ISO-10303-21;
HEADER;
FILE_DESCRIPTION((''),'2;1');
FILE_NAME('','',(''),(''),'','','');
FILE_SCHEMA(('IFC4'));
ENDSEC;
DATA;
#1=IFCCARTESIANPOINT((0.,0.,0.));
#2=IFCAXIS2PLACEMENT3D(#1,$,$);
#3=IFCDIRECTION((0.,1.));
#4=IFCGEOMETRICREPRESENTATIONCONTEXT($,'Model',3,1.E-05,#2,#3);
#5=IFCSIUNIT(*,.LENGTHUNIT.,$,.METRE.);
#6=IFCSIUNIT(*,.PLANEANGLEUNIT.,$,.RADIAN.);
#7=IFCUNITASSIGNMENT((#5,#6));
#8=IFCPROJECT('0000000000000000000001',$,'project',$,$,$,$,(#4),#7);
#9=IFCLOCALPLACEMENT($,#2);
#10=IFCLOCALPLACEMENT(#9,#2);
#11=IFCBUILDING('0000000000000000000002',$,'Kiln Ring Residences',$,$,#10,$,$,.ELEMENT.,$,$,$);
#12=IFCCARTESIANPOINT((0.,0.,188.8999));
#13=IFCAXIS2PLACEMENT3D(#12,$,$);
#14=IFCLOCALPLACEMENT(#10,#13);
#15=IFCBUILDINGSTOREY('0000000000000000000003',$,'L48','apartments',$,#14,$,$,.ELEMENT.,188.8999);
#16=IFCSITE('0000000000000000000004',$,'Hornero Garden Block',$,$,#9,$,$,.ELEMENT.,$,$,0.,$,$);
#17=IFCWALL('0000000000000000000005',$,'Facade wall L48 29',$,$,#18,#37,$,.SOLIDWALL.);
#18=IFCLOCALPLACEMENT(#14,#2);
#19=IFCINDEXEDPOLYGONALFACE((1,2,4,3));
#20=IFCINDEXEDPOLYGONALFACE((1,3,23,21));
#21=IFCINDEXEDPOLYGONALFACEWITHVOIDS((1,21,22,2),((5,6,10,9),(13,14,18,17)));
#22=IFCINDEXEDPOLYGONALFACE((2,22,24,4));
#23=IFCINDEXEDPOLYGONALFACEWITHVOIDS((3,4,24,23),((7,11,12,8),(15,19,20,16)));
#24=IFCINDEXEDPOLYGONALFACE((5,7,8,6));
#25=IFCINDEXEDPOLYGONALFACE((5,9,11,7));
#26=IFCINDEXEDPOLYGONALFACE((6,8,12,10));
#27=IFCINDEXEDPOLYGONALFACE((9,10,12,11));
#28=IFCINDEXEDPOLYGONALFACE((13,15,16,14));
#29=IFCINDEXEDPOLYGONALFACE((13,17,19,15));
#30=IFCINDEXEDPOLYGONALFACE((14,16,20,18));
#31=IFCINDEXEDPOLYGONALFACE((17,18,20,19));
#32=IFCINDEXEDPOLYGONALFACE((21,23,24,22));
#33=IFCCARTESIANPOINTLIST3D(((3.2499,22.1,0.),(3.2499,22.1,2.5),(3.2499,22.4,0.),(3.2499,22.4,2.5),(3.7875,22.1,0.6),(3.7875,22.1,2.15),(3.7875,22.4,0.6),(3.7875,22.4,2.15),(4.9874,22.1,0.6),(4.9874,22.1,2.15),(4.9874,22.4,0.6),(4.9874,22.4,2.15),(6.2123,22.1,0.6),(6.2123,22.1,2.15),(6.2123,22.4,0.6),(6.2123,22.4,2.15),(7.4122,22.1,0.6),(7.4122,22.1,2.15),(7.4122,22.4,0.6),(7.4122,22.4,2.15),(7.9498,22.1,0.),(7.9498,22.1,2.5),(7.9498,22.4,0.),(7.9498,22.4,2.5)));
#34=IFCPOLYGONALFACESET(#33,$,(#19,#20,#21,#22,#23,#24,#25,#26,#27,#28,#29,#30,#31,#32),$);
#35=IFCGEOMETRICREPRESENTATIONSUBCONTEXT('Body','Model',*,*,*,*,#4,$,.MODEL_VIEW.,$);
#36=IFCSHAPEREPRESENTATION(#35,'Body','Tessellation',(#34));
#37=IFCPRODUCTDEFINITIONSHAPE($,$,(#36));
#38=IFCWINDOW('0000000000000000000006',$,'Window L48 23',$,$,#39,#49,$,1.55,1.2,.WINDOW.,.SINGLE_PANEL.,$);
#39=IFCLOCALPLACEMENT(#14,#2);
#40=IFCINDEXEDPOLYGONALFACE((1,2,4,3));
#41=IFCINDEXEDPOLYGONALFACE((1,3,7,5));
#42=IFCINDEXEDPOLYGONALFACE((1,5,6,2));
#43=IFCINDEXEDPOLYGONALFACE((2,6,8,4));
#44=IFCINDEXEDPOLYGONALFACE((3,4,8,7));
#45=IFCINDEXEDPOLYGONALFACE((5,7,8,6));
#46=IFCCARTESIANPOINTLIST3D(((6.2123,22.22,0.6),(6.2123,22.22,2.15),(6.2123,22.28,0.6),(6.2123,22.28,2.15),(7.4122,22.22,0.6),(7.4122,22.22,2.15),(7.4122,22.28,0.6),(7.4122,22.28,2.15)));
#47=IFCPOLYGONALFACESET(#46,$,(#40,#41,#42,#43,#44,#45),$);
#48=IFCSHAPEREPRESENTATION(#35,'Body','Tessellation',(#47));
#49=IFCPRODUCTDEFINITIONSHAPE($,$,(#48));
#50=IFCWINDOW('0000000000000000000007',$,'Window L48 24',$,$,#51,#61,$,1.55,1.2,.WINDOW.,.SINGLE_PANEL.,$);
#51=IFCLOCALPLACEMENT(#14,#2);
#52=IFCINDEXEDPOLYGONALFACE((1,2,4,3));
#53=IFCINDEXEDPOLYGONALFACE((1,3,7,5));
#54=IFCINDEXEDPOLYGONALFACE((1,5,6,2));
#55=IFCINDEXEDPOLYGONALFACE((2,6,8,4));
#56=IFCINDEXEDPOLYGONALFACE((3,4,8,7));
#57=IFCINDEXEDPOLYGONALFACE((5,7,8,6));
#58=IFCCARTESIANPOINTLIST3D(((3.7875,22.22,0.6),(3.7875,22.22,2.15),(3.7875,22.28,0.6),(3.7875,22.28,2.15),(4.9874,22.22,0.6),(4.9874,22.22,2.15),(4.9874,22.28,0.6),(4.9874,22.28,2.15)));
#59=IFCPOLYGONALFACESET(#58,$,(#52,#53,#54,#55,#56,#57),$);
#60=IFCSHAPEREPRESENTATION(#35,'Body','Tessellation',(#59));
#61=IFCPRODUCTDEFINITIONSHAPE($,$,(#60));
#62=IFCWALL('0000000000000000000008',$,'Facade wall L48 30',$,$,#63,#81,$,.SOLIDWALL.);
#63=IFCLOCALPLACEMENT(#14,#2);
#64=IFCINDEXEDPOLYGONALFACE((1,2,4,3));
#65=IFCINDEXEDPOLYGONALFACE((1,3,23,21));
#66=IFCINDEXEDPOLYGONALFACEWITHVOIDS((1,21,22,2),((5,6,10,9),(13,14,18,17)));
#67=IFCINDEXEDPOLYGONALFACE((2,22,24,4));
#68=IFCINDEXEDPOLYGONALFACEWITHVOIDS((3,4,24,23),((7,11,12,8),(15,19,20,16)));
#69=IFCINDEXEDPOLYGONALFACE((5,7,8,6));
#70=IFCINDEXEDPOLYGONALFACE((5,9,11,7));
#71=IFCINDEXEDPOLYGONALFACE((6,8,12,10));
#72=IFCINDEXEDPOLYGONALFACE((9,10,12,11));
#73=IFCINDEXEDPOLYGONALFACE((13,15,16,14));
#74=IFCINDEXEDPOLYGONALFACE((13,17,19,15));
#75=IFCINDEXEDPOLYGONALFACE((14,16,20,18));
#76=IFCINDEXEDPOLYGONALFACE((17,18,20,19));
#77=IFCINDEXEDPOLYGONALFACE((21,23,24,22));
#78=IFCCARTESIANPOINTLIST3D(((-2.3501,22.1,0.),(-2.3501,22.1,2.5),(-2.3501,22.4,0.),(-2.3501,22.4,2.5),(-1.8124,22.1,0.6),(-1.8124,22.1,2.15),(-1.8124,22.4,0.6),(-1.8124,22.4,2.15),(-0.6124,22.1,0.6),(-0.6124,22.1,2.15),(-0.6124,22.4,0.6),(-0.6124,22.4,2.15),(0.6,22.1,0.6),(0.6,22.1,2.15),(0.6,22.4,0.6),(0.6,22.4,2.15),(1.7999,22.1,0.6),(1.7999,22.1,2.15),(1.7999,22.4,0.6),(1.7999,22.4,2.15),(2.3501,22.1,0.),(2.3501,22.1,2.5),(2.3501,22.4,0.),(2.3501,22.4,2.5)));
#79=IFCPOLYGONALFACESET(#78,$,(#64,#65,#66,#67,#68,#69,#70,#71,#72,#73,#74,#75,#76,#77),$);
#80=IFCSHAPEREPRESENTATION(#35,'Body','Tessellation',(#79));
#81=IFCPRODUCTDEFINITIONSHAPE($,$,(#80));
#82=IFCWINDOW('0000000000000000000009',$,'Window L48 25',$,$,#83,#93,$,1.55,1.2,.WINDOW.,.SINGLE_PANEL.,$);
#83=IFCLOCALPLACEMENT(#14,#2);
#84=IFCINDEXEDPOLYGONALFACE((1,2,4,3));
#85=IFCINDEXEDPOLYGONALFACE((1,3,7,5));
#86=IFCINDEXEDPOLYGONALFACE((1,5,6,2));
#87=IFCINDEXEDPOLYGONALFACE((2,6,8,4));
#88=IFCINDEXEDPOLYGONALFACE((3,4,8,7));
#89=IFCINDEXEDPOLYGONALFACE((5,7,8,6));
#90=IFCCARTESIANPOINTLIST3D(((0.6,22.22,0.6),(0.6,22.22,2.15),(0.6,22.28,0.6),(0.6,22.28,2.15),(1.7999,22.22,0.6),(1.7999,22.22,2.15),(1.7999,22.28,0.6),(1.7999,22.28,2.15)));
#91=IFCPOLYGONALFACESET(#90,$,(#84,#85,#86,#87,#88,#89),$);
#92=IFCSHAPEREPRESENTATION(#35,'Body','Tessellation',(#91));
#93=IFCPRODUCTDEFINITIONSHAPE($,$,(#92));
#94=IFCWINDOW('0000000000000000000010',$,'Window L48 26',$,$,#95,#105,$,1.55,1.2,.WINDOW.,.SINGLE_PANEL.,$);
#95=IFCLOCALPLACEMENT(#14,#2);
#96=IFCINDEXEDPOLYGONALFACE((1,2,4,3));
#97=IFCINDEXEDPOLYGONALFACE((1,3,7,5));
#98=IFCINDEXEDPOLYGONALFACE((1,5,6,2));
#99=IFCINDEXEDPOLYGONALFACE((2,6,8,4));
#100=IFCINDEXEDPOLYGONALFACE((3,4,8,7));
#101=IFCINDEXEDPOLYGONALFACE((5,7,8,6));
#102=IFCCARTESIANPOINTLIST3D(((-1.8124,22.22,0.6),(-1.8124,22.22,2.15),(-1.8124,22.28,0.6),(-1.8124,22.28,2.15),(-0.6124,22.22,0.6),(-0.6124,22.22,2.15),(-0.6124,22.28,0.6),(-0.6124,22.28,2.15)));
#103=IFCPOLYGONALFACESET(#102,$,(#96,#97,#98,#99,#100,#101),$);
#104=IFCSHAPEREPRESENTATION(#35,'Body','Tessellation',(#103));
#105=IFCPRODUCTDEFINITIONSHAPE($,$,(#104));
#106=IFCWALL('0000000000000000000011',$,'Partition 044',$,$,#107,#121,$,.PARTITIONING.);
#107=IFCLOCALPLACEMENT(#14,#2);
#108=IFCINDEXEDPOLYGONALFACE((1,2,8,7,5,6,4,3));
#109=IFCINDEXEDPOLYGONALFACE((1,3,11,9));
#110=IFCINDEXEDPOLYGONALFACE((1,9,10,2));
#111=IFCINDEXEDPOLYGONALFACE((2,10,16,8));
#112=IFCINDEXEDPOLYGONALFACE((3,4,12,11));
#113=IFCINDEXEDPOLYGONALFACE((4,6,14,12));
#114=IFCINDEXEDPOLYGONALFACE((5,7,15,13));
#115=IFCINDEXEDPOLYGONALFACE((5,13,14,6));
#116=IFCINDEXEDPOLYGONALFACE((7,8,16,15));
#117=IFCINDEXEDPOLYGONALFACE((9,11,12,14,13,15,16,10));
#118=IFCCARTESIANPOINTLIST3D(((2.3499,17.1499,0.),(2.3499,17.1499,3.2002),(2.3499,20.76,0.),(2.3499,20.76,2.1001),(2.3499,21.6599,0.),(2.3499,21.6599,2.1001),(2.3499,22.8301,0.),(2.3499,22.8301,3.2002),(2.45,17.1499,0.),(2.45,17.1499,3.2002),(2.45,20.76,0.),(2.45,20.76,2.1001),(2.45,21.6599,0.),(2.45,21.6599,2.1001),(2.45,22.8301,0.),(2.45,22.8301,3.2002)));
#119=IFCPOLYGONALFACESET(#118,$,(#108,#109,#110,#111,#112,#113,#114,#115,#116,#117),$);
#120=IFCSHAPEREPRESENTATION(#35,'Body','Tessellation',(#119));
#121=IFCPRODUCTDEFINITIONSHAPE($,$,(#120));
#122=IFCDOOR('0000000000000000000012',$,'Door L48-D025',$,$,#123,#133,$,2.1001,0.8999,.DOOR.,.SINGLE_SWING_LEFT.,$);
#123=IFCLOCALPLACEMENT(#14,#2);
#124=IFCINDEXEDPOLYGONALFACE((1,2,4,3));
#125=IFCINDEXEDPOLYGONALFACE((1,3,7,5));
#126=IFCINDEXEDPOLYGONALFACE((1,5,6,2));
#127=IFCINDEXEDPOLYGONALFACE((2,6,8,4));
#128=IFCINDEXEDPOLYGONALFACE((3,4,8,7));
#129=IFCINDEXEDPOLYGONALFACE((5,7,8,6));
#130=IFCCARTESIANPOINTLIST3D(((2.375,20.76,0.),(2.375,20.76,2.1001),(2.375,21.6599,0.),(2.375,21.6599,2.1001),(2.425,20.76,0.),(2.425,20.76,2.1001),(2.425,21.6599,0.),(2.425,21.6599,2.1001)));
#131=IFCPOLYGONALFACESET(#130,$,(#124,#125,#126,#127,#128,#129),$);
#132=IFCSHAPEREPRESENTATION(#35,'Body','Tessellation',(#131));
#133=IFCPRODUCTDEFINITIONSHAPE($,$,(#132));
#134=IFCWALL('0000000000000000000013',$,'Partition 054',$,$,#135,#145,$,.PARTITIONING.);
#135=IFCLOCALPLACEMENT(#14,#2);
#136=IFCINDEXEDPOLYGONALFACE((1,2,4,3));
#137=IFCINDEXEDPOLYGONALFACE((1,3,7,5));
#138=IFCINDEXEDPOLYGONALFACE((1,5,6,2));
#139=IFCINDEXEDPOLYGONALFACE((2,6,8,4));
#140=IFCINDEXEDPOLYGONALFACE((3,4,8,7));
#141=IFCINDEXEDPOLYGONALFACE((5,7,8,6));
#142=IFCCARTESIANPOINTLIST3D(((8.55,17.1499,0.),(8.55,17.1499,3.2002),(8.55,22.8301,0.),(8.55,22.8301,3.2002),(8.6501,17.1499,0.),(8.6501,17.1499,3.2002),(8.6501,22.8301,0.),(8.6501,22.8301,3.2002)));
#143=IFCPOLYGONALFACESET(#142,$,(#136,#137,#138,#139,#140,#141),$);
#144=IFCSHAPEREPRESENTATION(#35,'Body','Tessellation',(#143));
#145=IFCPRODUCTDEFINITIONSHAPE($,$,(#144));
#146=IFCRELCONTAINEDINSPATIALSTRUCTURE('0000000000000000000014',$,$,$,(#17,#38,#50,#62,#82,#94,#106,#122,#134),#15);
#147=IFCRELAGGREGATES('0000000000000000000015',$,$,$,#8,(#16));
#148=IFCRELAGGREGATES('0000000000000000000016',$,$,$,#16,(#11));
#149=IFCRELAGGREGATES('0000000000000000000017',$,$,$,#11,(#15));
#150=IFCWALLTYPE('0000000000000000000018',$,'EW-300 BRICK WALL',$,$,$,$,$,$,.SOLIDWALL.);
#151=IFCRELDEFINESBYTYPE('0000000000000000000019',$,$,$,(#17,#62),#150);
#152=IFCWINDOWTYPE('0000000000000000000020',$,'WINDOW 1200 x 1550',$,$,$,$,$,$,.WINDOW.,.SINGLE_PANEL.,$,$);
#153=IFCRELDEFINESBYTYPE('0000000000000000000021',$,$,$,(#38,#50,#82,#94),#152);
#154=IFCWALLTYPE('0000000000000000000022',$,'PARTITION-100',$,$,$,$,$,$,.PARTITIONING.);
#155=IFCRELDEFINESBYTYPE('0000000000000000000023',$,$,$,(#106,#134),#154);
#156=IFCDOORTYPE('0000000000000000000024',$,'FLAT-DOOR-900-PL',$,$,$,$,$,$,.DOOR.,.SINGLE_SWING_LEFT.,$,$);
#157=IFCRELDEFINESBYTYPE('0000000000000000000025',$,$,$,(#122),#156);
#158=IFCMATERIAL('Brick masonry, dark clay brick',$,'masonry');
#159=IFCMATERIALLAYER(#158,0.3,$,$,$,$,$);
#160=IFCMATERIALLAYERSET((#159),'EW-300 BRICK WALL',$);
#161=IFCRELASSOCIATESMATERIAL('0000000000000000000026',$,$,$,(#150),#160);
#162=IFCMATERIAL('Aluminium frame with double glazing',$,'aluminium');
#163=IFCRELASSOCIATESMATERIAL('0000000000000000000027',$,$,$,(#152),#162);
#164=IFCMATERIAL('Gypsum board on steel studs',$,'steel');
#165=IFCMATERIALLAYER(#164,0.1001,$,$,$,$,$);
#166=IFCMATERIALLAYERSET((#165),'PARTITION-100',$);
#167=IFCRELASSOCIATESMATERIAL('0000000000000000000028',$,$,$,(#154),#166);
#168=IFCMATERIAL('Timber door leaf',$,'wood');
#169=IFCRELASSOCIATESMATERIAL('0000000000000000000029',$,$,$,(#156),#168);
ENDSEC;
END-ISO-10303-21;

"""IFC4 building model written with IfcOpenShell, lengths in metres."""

from ifc_helpers import new_model, si_unit, direction, frame, frame_2d, origin, place, context, subcontext, project, spatial, rectangle, extrude, material, layer, layer_set, type_object, element, fill, save


model = new_model("IFC4")

# Units and contexts
model_context = context("Model", 3, precision=1e-05, world=origin(), true_north=direction((0.0, 1.0)))
body_context = subcontext(model_context, "Body", "Model", "MODEL_VIEW")
ifc_project = project(units=[si_unit("LENGTHUNIT", "METRE"), si_unit("PLANEANGLEUNIT", "RADIAN")], contexts=[model_context])

# Site, building, storey
site_placement = place(None, origin())
site = spatial("IfcSite", under=ifc_project, at=site_placement, Name="Hornero Garden Block", CompositionType="ELEMENT", RefElevation=0.0)
building_placement = place(site_placement, origin())
building = spatial("IfcBuilding", under=site, at=building_placement, Name="Kiln Ring Residences", CompositionType="ELEMENT")
storey_placement = place(building_placement, frame((0.0, 0.0, 188.8999)))
storey = spatial("IfcBuildingStorey", under=building, at=storey_placement, Name="L48", Description="apartments", CompositionType="ELEMENT", Elevation=188.8999)

# Walls, openings, windows
ifc_material_1 = material(Name="Brick masonry, dark clay brick", Category="masonry")
ifc_layer_1 = layer(ifc_material_1, 0.3)
ifc_layer_set_1 = layer_set([ifc_layer_1], Name="EW-300 BRICK WALL")
wall_type_1 = type_object("IfcWallType", Name="EW-300 BRICK WALL", PredefinedType="SOLIDWALL", material=ifc_layer_set_1)
ifc_material_2 = material(Name="Aluminium frame with double glazing", Category="aluminium")
window_type = type_object("IfcWindowType", Name="WINDOW 1200 x 1550", PartitioningType="SINGLE_PANEL", PredefinedType="WINDOW", material=ifc_material_2)
wall_1_placement = place(storey_placement, frame((7.95, 22.25, 0.0), z_axis=(0.0, 0.0, 1.0), x_axis=(-1.0, 0.0, 0.0)))
wall_1 = element("IfcWall", 1, at=wall_1_placement, inside=storey, type_object=wall_type_1, Name="Facade wall L48 29", PredefinedType="SOLIDWALL", context=body_context, shape_type="SweptSolid", body=[
    extrude(rectangle(XDim=4.7, YDim=0.3, at=frame_2d((2.3501, 0.0))), origin(), (0.0, 0.0, 1.0), 2.5),
])
opening_1_placement = place(wall_1_placement, frame((0.5376, 0.0, 0.6001)))
opening_1 = element("IfcOpeningElement", 2, at=opening_1_placement, cuts=wall_1, PredefinedType="OPENING", context=body_context, shape_type="SweptSolid", body=[
    extrude(rectangle(XDim=1.2, YDim=1.55, at=frame_2d((0.6001, 0.7749))), frame((0.0, 0.1599, 0.0), z_axis=(0.0, -1.0, 0.0), x_axis=(1.0, 0.0, 0.0)), (0.0, 0.0, 1.0), 0.3201),
])
opening_2_placement = place(wall_1_placement, frame((2.9624, 0.0, 0.6001)))
opening_2 = element("IfcOpeningElement", 3, at=opening_2_placement, cuts=wall_1, PredefinedType="OPENING", context=body_context, shape_type="SweptSolid", body=[
    extrude(rectangle(XDim=1.2, YDim=1.55, at=frame_2d((0.6001, 0.7749))), frame((0.0, 0.1599, 0.0), z_axis=(0.0, -1.0, 0.0), x_axis=(1.0, 0.0, 0.0)), (0.0, 0.0, 1.0), 0.3201),
])
window_1_placement = place(opening_1_placement, origin())
window_1 = element("IfcWindow", 4, at=window_1_placement, inside=storey, type_object=window_type, Name="Window L48 23", OverallHeight=1.55, OverallWidth=1.2, PartitioningType="SINGLE_PANEL", PredefinedType="WINDOW", context=body_context, shape_type="SweptSolid", body=[
    extrude(rectangle(XDim=1.2, YDim=1.55, at=frame_2d((0.6001, 0.7749))), frame((0.0, 0.03, 0.0), z_axis=(0.0, -1.0, 0.0), x_axis=(1.0, 0.0, 0.0)), (0.0, 0.0, 1.0), 0.0601),
])
fill(opening_1, window_1)
window_2_placement = place(opening_2_placement, origin())
window_2 = element("IfcWindow", 5, at=window_2_placement, inside=storey, type_object=window_type, Name="Window L48 24", OverallHeight=1.55, OverallWidth=1.2, PartitioningType="SINGLE_PANEL", PredefinedType="WINDOW", context=body_context, shape_type="SweptSolid", body=[
    extrude(rectangle(XDim=1.2, YDim=1.55, at=frame_2d((0.6001, 0.7749))), frame((0.0, 0.03, 0.0), z_axis=(0.0, -1.0, 0.0), x_axis=(1.0, 0.0, 0.0)), (0.0, 0.0, 1.0), 0.0601),
])
fill(opening_2, window_2)
wall_2_placement = place(storey_placement, frame((2.3501, 22.25, 0.0), z_axis=(0.0, 0.0, 1.0), x_axis=(-1.0, 0.0, 0.0)))
wall_2 = element("IfcWall", 6, at=wall_2_placement, inside=storey, type_object=wall_type_1, Name="Facade wall L48 30", PredefinedType="SOLIDWALL", context=body_context, shape_type="SweptSolid", body=[
    extrude(rectangle(XDim=4.7002, YDim=0.3, at=frame_2d((2.3501, 0.0))), origin(), (0.0, 0.0, 1.0), 2.5),
])
opening_3_placement = place(wall_2_placement, frame((0.55, 0.0, 0.6001)))
opening_3 = element("IfcOpeningElement", 7, at=opening_3_placement, cuts=wall_2, PredefinedType="OPENING", context=body_context, shape_type="SweptSolid", body=[
    extrude(rectangle(XDim=1.2, YDim=1.55, at=frame_2d((0.6001, 0.7749))), frame((0.0, 0.1599, 0.0), z_axis=(0.0, -1.0, 0.0), x_axis=(1.0, 0.0, 0.0)), (0.0, 0.0, 1.0), 0.3201),
])
opening_4_placement = place(wall_2_placement, frame((2.9624, 0.0, 0.6001)))
opening_4 = element("IfcOpeningElement", 8, at=opening_4_placement, cuts=wall_2, PredefinedType="OPENING", context=body_context, shape_type="SweptSolid", body=[
    extrude(rectangle(XDim=1.2, YDim=1.55, at=frame_2d((0.6001, 0.7749))), frame((0.0, 0.1599, 0.0), z_axis=(0.0, -1.0, 0.0), x_axis=(1.0, 0.0, 0.0)), (0.0, 0.0, 1.0), 0.3201),
])
window_3_placement = place(opening_3_placement, origin())
window_3 = element("IfcWindow", 9, at=window_3_placement, inside=storey, type_object=window_type, Name="Window L48 25", OverallHeight=1.55, OverallWidth=1.2, PartitioningType="SINGLE_PANEL", PredefinedType="WINDOW", context=body_context, shape_type="SweptSolid", body=[
    extrude(rectangle(XDim=1.2, YDim=1.55, at=frame_2d((0.6001, 0.7749))), frame((0.0, 0.03, 0.0), z_axis=(0.0, -1.0, 0.0), x_axis=(1.0, 0.0, 0.0)), (0.0, 0.0, 1.0), 0.0601),
])
fill(opening_3, window_3)
window_4_placement = place(opening_4_placement, origin())
window_4 = element("IfcWindow", 10, at=window_4_placement, inside=storey, type_object=window_type, Name="Window L48 26", OverallHeight=1.55, OverallWidth=1.2, PartitioningType="SINGLE_PANEL", PredefinedType="WINDOW", context=body_context, shape_type="SweptSolid", body=[
    extrude(rectangle(XDim=1.2, YDim=1.55, at=frame_2d((0.6001, 0.7749))), frame((0.0, 0.03, 0.0), z_axis=(0.0, -1.0, 0.0), x_axis=(1.0, 0.0, 0.0)), (0.0, 0.0, 1.0), 0.0601),
])
fill(opening_4, window_4)

# Wall, opening, door
ifc_material_3 = material(Name="Gypsum board on steel studs", Category="steel")
ifc_layer_2 = layer(ifc_material_3, 0.1001)
ifc_layer_set_2 = layer_set([ifc_layer_2], Name="PARTITION-100")
wall_type_2 = type_object("IfcWallType", Name="PARTITION-100", PredefinedType="PARTITIONING", material=ifc_layer_set_2)
wall_3_placement = place(storey_placement, frame((2.3999, 17.1499, 0.0), z_axis=(0.0, 0.0, 1.0), x_axis=(0.0, 1.0, 0.0)))
wall_3 = element("IfcWall", 11, at=wall_3_placement, inside=storey, type_object=wall_type_2, Name="Partition 044", PredefinedType="PARTITIONING", context=body_context, shape_type="SweptSolid", body=[
    extrude(rectangle(XDim=5.6802, YDim=0.1001, at=frame_2d((2.8401, 0.0))), origin(), (0.0, 0.0, 1.0), 3.2002),
])
opening_5_placement = place(wall_3_placement, frame((3.6101, 0.0, 0.0)))
opening_5 = element("IfcOpeningElement", 12, at=opening_5_placement, cuts=wall_3, PredefinedType="OPENING", context=body_context, shape_type="SweptSolid", body=[
    extrude(rectangle(XDim=0.8999, YDim=2.1001, at=frame_2d((0.45, 1.05))), frame((0.0, 0.0601, 0.0), z_axis=(0.0, -1.0, 0.0), x_axis=(1.0, 0.0, 0.0)), (0.0, 0.0, 1.0), 0.1201),
])
ifc_material_4 = material(Name="Timber door leaf", Category="wood")
door_type = type_object("IfcDoorType", Name="FLAT-DOOR-900-PL", OperationType="SINGLE_SWING_LEFT", PredefinedType="DOOR", material=ifc_material_4)
door_1_placement = place(opening_5_placement, origin())
door_1 = element("IfcDoor", 13, at=door_1_placement, inside=storey, type_object=door_type, Name="Door L48-D025", OperationType="SINGLE_SWING_LEFT", OverallHeight=2.1001, OverallWidth=0.8999, PredefinedType="DOOR", context=body_context, shape_type="SweptSolid", body=[
    extrude(rectangle(XDim=0.8999, YDim=2.1001, at=frame_2d((0.45, 1.05))), frame((0.0, 0.0249, 0.0), z_axis=(0.0, -1.0, 0.0), x_axis=(1.0, 0.0, 0.0)), (0.0, 0.0, 1.0), 0.05),
])
fill(opening_5, door_1)

# Wall
wall_4_placement = place(storey_placement, frame((8.6001, 17.1499, 0.0), z_axis=(0.0, 0.0, 1.0), x_axis=(0.0, 1.0, 0.0)))
element("IfcWall", 14, at=wall_4_placement, inside=storey, type_object=wall_type_2, Name="Partition 054", PredefinedType="PARTITIONING", context=body_context, shape_type="SweptSolid", body=[
    extrude(rectangle(XDim=5.6802, YDim=0.1001, at=frame_2d((2.8401, 0.0))), origin(), (0.0, 0.0, 1.0), 3.2002),
])

save(model, "model.ifc")
